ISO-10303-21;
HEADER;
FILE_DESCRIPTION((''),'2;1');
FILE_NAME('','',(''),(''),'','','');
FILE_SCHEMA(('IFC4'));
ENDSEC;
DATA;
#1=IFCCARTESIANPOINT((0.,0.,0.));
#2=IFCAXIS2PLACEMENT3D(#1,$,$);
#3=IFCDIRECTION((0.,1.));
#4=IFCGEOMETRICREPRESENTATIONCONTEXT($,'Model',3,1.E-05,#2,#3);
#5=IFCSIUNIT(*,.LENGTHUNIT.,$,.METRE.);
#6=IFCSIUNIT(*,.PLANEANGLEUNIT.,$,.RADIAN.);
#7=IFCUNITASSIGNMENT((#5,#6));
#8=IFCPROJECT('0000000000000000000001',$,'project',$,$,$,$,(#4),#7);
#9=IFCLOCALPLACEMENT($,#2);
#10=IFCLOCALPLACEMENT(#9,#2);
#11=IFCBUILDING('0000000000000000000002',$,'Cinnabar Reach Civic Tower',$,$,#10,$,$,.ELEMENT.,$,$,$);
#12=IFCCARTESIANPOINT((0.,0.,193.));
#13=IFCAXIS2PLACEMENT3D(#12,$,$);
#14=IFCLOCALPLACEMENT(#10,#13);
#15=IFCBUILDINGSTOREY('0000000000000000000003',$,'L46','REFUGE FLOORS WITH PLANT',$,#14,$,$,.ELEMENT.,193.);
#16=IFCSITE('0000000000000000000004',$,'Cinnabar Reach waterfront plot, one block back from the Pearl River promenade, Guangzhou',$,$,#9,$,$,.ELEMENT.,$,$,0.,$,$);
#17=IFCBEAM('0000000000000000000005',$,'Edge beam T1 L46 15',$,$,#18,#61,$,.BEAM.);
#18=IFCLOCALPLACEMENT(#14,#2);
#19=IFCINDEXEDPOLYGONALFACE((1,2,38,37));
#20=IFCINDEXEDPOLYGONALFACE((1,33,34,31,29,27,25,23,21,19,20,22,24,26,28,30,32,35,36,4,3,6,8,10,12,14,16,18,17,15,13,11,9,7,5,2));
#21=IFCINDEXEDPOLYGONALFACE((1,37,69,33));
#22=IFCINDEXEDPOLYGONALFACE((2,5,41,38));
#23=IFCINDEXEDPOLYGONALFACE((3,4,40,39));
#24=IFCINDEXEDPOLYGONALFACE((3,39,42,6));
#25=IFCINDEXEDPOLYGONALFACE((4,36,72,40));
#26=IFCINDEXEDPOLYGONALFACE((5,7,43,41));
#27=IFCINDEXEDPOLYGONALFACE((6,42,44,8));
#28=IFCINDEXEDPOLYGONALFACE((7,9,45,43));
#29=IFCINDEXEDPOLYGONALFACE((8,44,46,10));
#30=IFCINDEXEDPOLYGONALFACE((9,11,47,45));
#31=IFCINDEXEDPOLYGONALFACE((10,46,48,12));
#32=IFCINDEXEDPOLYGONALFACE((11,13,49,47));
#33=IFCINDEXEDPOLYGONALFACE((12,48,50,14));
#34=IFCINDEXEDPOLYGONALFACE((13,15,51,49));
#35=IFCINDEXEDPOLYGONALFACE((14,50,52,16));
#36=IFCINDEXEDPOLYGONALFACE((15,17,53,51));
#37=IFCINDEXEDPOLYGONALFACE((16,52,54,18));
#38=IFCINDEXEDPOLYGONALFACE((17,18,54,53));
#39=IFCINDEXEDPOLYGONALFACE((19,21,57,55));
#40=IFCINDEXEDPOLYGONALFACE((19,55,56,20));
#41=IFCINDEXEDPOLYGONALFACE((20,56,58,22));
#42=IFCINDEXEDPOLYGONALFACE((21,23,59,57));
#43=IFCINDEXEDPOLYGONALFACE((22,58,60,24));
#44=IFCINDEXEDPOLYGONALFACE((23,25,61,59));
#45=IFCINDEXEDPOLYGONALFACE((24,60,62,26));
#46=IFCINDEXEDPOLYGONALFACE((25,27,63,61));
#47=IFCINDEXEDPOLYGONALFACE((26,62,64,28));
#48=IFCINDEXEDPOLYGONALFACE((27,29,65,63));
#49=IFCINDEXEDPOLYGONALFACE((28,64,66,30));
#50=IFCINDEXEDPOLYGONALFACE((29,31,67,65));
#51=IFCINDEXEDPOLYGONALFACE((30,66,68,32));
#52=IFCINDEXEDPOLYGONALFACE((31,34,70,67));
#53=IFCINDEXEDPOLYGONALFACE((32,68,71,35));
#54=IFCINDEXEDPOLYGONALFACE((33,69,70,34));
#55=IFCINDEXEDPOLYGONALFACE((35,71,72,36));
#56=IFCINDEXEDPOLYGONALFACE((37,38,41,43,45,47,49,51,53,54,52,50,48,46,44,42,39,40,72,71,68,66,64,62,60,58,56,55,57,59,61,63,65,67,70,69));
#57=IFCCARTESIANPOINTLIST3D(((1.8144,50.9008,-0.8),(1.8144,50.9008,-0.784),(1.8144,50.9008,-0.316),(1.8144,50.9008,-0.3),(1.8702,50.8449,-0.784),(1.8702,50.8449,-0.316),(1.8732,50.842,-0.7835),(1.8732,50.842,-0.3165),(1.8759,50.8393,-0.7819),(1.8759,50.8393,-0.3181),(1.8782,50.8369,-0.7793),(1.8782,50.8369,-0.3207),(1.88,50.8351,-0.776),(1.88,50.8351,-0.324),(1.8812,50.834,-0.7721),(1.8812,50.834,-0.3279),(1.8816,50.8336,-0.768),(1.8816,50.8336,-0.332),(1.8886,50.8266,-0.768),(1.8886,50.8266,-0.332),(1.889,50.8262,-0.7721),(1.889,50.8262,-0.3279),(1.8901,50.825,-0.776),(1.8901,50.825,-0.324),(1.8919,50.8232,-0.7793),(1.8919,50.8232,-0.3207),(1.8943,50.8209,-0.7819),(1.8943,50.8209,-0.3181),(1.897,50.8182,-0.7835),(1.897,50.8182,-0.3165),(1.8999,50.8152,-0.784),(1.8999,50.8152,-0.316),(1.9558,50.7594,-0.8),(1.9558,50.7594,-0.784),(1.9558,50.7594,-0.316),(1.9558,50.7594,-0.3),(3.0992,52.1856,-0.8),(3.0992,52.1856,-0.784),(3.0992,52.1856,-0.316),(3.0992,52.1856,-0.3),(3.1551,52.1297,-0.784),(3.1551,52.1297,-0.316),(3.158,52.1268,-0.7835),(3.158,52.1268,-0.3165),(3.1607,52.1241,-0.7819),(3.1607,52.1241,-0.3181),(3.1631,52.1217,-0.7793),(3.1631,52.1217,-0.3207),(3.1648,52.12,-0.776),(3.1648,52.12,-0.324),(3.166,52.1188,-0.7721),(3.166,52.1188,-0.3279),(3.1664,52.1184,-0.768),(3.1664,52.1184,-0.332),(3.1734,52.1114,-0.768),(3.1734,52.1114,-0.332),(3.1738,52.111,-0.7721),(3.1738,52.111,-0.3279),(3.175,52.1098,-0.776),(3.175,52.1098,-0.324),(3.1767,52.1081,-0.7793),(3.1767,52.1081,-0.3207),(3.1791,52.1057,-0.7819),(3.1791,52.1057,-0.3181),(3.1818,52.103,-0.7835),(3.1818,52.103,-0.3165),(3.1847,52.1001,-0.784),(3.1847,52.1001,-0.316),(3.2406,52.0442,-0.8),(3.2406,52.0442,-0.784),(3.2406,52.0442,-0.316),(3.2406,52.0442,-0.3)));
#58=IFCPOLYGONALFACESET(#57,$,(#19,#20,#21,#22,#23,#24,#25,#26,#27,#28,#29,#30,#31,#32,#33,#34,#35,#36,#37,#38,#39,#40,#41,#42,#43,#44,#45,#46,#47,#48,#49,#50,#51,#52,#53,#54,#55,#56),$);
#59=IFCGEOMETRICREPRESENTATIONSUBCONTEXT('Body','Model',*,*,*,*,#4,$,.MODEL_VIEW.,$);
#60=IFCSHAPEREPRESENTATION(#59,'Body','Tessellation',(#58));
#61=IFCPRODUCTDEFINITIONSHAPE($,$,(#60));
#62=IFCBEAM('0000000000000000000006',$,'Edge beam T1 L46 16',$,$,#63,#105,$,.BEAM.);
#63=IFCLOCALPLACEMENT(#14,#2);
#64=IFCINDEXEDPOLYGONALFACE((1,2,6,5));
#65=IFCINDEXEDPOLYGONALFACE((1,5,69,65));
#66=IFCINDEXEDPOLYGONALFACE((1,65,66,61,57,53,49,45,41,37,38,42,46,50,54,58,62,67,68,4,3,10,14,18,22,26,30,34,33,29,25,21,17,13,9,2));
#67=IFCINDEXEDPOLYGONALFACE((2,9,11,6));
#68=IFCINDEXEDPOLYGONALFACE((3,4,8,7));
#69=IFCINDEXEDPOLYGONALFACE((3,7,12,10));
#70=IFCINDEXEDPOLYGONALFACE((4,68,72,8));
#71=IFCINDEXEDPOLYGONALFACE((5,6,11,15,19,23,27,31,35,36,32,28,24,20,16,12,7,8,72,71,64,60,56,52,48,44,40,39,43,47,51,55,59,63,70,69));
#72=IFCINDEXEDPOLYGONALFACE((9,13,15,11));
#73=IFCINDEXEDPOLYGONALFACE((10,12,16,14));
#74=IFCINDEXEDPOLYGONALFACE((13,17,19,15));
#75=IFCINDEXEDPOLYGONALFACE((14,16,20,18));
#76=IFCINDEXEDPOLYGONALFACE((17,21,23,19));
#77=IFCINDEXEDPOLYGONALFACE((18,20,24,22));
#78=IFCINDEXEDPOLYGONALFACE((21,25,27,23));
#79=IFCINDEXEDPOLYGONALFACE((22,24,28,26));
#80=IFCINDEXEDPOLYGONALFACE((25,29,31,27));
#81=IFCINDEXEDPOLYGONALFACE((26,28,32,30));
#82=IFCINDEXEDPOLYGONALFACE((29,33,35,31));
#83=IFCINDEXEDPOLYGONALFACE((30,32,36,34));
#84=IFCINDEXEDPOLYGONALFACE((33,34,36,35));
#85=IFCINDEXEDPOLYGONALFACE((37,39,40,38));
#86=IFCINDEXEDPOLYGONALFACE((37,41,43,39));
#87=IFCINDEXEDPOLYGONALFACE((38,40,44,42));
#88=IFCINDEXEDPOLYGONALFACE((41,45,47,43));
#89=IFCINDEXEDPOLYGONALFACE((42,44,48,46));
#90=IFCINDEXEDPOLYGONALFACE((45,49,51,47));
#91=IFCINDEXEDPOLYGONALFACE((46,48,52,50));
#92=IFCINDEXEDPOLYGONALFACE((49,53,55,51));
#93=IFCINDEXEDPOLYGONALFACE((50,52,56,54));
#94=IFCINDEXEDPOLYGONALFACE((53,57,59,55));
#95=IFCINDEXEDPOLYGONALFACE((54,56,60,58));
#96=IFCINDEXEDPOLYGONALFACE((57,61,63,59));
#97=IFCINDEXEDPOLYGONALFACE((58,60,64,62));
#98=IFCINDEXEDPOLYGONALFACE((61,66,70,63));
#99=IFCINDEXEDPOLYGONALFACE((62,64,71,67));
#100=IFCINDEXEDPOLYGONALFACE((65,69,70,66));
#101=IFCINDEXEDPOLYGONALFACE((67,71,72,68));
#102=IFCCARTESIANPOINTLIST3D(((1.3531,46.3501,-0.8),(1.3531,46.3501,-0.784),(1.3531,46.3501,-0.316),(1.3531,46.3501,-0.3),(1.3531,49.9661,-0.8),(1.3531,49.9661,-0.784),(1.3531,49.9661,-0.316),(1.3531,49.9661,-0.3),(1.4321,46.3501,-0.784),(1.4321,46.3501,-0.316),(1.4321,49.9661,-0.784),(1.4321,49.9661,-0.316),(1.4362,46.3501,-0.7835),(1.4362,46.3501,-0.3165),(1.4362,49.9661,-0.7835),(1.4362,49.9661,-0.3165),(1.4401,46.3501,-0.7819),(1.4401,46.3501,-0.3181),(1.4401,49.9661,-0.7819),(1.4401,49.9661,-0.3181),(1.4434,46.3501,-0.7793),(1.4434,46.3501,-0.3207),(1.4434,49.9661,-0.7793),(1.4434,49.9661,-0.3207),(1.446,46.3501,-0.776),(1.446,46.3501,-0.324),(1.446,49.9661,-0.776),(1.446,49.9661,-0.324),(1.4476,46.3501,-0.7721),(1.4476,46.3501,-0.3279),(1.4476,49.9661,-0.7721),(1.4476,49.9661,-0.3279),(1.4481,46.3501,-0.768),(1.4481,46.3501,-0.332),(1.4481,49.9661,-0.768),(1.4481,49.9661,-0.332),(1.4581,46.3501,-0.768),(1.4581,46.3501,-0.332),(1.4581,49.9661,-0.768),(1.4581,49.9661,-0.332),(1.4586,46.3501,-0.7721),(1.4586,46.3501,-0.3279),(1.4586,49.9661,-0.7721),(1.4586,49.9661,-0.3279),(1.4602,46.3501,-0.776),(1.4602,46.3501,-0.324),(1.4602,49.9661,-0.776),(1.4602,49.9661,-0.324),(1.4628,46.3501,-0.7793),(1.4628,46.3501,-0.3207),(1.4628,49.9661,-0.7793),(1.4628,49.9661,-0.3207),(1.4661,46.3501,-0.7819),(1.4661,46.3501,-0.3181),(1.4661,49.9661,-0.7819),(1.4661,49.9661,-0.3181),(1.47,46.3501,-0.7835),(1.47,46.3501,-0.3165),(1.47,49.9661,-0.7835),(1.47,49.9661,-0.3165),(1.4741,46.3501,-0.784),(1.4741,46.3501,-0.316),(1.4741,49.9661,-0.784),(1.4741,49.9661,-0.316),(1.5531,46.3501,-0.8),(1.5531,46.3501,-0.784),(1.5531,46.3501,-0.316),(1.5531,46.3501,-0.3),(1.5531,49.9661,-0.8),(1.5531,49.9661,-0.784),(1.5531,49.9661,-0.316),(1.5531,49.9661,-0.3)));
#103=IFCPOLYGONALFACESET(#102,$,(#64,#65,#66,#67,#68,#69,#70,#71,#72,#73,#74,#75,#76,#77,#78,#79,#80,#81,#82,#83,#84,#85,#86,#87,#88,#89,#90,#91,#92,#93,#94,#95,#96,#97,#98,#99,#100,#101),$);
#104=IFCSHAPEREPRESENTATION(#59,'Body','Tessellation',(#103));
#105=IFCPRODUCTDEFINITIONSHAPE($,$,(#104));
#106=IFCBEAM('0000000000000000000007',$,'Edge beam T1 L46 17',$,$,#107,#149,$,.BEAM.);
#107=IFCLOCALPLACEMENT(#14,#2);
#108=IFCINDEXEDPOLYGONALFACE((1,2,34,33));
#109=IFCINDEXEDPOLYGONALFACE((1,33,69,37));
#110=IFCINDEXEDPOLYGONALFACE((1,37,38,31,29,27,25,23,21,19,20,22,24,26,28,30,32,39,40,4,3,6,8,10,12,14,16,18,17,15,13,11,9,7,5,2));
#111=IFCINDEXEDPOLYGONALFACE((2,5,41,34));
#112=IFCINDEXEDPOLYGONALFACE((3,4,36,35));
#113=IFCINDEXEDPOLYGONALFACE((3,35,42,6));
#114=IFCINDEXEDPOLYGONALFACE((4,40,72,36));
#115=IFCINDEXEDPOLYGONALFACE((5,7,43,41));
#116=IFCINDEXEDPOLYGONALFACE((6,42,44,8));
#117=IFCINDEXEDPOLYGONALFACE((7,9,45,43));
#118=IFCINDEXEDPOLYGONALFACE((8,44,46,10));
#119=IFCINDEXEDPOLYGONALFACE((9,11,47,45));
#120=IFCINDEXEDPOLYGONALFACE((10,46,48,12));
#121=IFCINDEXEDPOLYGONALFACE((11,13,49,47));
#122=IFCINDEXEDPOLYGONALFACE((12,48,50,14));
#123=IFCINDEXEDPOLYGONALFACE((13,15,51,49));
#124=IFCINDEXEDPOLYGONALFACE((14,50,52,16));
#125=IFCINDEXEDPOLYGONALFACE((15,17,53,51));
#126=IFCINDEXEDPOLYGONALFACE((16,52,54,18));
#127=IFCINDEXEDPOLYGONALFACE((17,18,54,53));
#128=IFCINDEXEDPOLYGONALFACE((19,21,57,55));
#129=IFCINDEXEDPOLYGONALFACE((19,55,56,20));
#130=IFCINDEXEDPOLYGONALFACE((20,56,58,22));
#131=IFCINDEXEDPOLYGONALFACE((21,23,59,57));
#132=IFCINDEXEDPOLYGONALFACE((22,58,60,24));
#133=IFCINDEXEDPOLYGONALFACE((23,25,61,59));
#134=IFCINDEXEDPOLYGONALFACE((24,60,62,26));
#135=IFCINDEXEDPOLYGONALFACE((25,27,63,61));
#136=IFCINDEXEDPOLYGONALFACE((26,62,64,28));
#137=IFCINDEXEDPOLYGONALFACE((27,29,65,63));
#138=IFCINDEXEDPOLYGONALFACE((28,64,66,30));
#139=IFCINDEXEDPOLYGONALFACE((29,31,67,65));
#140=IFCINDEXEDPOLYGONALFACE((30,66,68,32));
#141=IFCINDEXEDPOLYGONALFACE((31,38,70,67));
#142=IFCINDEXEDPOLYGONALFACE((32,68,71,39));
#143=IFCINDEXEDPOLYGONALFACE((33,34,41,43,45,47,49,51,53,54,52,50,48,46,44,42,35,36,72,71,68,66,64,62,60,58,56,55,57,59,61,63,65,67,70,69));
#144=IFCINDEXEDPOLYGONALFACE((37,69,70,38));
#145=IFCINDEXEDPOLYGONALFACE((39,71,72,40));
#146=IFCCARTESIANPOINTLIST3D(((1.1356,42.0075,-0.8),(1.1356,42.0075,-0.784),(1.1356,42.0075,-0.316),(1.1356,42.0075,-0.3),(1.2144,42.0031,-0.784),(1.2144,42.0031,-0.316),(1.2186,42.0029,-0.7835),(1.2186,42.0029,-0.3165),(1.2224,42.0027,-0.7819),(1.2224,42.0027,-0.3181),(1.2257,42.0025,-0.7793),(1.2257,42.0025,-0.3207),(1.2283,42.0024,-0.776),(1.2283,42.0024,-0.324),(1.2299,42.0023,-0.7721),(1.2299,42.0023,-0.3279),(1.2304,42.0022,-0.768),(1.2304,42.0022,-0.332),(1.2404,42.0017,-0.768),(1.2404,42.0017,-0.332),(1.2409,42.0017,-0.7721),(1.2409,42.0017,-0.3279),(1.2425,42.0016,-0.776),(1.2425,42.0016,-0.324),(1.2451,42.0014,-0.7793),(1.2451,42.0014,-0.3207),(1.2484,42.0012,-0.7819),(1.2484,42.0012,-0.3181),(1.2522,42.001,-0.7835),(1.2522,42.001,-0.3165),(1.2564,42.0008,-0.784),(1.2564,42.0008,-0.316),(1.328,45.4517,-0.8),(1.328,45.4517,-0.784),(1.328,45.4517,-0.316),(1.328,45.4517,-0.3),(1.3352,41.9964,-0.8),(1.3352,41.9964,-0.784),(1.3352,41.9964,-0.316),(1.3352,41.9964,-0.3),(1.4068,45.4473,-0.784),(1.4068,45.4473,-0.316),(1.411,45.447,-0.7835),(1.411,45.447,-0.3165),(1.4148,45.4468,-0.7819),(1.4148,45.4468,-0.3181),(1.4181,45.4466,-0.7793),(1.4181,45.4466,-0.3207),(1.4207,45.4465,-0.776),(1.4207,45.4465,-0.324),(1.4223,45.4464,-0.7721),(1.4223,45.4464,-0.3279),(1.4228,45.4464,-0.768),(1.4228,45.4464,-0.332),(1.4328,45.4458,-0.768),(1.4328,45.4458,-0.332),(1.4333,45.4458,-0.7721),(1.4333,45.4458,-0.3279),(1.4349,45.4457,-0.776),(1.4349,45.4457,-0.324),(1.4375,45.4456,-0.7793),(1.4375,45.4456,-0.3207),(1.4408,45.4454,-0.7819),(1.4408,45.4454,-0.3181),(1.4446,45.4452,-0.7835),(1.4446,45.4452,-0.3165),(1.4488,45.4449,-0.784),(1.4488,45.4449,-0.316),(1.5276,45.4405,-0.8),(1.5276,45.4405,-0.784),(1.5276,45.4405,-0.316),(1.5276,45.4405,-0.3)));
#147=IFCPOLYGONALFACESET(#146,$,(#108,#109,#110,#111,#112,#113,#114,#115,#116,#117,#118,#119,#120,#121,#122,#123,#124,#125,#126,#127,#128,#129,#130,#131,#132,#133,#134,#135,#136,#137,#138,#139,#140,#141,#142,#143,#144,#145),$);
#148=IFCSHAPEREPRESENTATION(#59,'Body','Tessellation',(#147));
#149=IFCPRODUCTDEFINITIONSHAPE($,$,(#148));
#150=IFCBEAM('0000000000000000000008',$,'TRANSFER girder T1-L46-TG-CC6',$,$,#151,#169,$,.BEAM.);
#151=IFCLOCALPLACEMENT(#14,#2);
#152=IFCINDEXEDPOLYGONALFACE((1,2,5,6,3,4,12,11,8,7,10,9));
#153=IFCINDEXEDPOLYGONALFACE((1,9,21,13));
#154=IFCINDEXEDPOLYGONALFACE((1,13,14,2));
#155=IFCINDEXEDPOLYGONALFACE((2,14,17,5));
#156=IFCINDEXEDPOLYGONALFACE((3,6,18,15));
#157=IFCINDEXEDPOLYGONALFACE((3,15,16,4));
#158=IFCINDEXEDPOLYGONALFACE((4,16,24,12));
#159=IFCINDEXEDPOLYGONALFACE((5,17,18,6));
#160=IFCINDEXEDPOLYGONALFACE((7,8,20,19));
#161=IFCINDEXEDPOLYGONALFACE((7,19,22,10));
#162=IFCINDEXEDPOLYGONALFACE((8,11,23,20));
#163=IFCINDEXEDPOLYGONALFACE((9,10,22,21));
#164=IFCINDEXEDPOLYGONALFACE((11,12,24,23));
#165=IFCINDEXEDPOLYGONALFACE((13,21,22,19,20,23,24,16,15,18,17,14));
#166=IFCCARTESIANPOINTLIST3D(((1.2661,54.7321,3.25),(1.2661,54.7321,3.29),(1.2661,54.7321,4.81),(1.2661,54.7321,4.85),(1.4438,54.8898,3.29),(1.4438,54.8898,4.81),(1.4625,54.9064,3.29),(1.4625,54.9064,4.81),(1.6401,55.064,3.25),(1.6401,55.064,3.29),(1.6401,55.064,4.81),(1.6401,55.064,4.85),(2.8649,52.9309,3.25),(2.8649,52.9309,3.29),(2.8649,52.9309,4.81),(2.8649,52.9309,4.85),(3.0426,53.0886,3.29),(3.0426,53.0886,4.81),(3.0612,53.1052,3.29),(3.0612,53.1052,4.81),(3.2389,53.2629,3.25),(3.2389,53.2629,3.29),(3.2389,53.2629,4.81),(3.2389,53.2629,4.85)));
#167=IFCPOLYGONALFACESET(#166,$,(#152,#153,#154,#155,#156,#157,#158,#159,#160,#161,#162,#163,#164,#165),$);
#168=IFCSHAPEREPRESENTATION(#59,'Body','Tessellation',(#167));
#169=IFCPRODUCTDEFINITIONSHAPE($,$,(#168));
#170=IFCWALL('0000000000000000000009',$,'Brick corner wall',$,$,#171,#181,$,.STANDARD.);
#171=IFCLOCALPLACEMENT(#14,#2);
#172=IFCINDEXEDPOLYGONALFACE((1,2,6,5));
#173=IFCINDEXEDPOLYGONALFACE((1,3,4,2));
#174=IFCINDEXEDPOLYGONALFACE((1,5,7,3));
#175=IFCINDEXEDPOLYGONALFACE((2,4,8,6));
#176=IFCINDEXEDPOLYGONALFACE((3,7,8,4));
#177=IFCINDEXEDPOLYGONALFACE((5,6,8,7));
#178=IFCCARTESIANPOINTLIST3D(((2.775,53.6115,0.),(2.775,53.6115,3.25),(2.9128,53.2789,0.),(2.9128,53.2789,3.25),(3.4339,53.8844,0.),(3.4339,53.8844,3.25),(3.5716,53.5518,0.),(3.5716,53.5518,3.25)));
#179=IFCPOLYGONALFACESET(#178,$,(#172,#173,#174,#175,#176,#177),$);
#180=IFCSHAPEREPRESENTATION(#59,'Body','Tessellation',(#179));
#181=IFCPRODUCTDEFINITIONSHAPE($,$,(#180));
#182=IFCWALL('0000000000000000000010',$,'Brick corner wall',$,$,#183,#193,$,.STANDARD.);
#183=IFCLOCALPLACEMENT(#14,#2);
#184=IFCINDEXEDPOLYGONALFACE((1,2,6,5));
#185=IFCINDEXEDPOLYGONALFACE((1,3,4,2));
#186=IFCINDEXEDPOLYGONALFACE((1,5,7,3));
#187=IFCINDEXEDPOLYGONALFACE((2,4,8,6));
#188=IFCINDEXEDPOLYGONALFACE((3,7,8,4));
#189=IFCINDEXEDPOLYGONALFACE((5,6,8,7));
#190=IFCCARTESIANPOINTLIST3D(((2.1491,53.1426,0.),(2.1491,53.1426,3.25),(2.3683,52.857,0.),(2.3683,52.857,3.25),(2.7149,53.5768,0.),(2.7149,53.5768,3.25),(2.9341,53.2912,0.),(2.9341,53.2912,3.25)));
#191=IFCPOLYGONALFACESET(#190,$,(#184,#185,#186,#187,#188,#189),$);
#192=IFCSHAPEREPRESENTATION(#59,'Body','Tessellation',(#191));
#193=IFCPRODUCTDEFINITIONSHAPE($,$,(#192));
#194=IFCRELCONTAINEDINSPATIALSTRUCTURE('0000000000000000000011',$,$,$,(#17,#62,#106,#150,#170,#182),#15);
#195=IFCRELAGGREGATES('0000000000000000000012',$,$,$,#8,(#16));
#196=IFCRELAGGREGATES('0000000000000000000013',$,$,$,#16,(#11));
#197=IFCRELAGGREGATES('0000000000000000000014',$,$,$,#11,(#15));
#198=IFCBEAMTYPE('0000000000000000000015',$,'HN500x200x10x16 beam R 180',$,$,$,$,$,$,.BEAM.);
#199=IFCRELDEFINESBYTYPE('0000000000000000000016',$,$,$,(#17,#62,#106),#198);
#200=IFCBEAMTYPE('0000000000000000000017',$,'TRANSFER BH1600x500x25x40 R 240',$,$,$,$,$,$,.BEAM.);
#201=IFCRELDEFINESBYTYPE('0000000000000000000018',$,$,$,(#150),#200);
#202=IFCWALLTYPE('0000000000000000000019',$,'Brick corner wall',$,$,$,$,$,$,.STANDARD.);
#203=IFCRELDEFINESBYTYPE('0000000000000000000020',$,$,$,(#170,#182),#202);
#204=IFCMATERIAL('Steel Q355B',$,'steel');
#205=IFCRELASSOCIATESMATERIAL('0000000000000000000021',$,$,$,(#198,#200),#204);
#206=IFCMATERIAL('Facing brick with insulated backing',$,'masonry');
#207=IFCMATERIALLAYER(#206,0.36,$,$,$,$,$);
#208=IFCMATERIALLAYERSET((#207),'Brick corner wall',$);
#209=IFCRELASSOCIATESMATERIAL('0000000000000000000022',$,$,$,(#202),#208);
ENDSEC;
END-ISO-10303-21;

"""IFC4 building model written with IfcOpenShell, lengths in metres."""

from ifc_helpers import new_model, si_unit, direction, frame, frame_2d, origin, origin_2d, place, context, subcontext, project, spatial, rectangle, i_section, extrude, material, layer, layer_set, material_profile, profile_set, type_object, element, save


model = new_model("IFC4")

# Units and contexts
model_context = context("Model", 3, precision=1e-05, world=origin(), true_north=direction((0.0, 1.0)))
body_context = subcontext(model_context, "Body", "Model", "MODEL_VIEW")
ifc_project = project(units=[si_unit("LENGTHUNIT", "METRE"), si_unit("PLANEANGLEUNIT", "RADIAN")], contexts=[model_context])

# Site, building, storey
site_placement = place(None, origin())
site = spatial("IfcSite", under=ifc_project, at=site_placement, Name="Cinnabar Reach waterfront plot, one block back from the Pearl River promenade, Guangzhou", CompositionType="ELEMENT", RefElevation=0.0)
building_placement = place(site_placement, origin())
building = spatial("IfcBuilding", under=site, at=building_placement, Name="Cinnabar Reach Civic Tower", CompositionType="ELEMENT")
storey_placement = place(building_placement, frame((0.0, 0.0, 193.0)))
storey = spatial("IfcBuildingStorey", under=building, at=storey_placement, Name="L46", Description="REFUGE FLOORS WITH PLANT", CompositionType="ELEMENT", Elevation=193.0)

# Beams
ifc_material_1 = material(Name="Steel Q355B", Category="steel")
ifc_material_profile_1 = material_profile(ifc_material_1, i_section(OverallWidth=0.2, OverallDepth=0.5, WebThickness=0.01, FlangeThickness=0.016, FilletRadius=0.016, at=origin_2d()), Name="HN500x200x10x16")
ifc_profile_set_1 = profile_set([ifc_material_profile_1], Name="Steel Q355B")
beam_type_1 = type_object("IfcBeamType", Name="HN500x200x10x16 beam R 180", PredefinedType="BEAM", material=ifc_profile_set_1)
beam_1_placement = place(storey_placement, frame((3.1699, 52.1149, -0.55), z_axis=(-0.707107, -0.707107, 0.0), x_axis=(0.707107, -0.707107, 0.0)))
element("IfcBeam", 1, at=beam_1_placement, inside=storey, type_object=beam_type_1, Name="Edge beam T1 L46 15", PredefinedType="BEAM", context=body_context, shape_type="SweptSolid", body=[
    extrude(i_section(OverallWidth=0.2, OverallDepth=0.5, WebThickness=0.01, FlangeThickness=0.016, FilletRadius=0.016, at=origin_2d()), origin(), (0.0, 0.0, 1.0), 1.817),
])
beam_2_placement = place(storey_placement, frame((1.4531, 49.9661, -0.55), z_axis=(0.0, -1.0, 0.0), x_axis=(1.0, 0.0, 0.0)))
element("IfcBeam", 2, at=beam_2_placement, inside=storey, type_object=beam_type_1, Name="Edge beam T1 L46 16", PredefinedType="BEAM", context=body_context, shape_type="SweptSolid", body=[
    extrude(i_section(OverallWidth=0.2, OverallDepth=0.5, WebThickness=0.01, FlangeThickness=0.016, FilletRadius=0.016, at=origin_2d()), origin(), (0.0, 0.0, 1.0), 3.616),
])
beam_3_placement = place(storey_placement, frame((1.4278, 45.4461, -0.55), z_axis=(-0.055777, -0.998443, 0.0), x_axis=(0.998443, -0.055777, 0.0)))
element("IfcBeam", 3, at=beam_3_placement, inside=storey, type_object=beam_type_1, Name="Edge beam T1 L46 17", PredefinedType="BEAM", context=body_context, shape_type="SweptSolid", body=[
    extrude(i_section(OverallWidth=0.2, OverallDepth=0.5, WebThickness=0.01, FlangeThickness=0.016, FilletRadius=0.016, at=origin_2d()), origin(), (0.0, 0.0, 1.0), 3.4495),
])
ifc_material_profile_2 = material_profile(ifc_material_1, i_section(OverallWidth=0.5, OverallDepth=1.6, WebThickness=0.025, FlangeThickness=0.04, at=origin_2d()), Name="BH1600x500x25x40")
ifc_profile_set_2 = profile_set([ifc_material_profile_2], Name="Steel Q355B")
beam_type_2 = type_object("IfcBeamType", Name="TRANSFER BH1600x500x25x40 R 240", PredefinedType="BEAM", material=ifc_profile_set_2)
beam_4_placement = place(storey_placement, frame((3.0519, 53.0969, 4.05), z_axis=(-0.663838, 0.747876, 0.0), x_axis=(-0.747876, -0.663838, 0.0)))
element("IfcBeam", 4, at=beam_4_placement, inside=storey, type_object=beam_type_2, Name="TRANSFER girder T1-L46-TG-CC6", PredefinedType="BEAM", context=body_context, shape_type="SweptSolid", body=[
    extrude(i_section(OverallWidth=0.5, OverallDepth=1.6, WebThickness=0.025, FlangeThickness=0.04, at=origin_2d()), origin(), (0.0, 0.0, 1.0), 2.4084),
])

# Walls
ifc_material_2 = material(Name="Facing brick with insulated backing", Category="masonry")
ifc_layer_1 = layer(ifc_material_2, 0.36)
ifc_layer_set_1 = layer_set([ifc_layer_1], Name="Brick corner wall")
wall_type_1 = type_object("IfcWallType", Name="Brick corner wall", PredefinedType="STANDARD", material=ifc_layer_set_1)
wall_1_placement = place(storey_placement, frame((3.5027, 53.7181, 0.0), z_axis=(0.0, 0.0, 1.0), x_axis=(-0.923872, -0.382703, 0.0)))
element("IfcWall", 5, at=wall_1_placement, inside=storey, type_object=wall_type_1, Name="Brick corner wall", PredefinedType="STANDARD", context=body_context, shape_type="SweptSolid", body=[
    extrude(rectangle(XDim=0.7131, YDim=0.36, at=frame_2d((0.3565, 0.0))), origin(), (0.0, 0.0, 1.0), 3.25),
])
for number, where, z_axis, x_axis, name in (
    (6, (2.8245, 53.434, 0.0), (0.0, 0.0, 1.0), (-0.793322, -0.608802, 0.0), "Brick corner wall"),
):
    element("IfcWall", number, at=place(storey_placement, frame(where, z_axis=z_axis, x_axis=x_axis)), inside=storey, type_object=wall_type_1, Name=name, PredefinedType="STANDARD", context=body_context, shape_type="SweptSolid", body=[
        extrude(rectangle(XDim=0.7132, YDim=0.36, at=frame_2d((0.3566, 0.0))), origin(), (0.0, 0.0, 1.0), 3.25),
    ])

save(model, "model.ifc")
